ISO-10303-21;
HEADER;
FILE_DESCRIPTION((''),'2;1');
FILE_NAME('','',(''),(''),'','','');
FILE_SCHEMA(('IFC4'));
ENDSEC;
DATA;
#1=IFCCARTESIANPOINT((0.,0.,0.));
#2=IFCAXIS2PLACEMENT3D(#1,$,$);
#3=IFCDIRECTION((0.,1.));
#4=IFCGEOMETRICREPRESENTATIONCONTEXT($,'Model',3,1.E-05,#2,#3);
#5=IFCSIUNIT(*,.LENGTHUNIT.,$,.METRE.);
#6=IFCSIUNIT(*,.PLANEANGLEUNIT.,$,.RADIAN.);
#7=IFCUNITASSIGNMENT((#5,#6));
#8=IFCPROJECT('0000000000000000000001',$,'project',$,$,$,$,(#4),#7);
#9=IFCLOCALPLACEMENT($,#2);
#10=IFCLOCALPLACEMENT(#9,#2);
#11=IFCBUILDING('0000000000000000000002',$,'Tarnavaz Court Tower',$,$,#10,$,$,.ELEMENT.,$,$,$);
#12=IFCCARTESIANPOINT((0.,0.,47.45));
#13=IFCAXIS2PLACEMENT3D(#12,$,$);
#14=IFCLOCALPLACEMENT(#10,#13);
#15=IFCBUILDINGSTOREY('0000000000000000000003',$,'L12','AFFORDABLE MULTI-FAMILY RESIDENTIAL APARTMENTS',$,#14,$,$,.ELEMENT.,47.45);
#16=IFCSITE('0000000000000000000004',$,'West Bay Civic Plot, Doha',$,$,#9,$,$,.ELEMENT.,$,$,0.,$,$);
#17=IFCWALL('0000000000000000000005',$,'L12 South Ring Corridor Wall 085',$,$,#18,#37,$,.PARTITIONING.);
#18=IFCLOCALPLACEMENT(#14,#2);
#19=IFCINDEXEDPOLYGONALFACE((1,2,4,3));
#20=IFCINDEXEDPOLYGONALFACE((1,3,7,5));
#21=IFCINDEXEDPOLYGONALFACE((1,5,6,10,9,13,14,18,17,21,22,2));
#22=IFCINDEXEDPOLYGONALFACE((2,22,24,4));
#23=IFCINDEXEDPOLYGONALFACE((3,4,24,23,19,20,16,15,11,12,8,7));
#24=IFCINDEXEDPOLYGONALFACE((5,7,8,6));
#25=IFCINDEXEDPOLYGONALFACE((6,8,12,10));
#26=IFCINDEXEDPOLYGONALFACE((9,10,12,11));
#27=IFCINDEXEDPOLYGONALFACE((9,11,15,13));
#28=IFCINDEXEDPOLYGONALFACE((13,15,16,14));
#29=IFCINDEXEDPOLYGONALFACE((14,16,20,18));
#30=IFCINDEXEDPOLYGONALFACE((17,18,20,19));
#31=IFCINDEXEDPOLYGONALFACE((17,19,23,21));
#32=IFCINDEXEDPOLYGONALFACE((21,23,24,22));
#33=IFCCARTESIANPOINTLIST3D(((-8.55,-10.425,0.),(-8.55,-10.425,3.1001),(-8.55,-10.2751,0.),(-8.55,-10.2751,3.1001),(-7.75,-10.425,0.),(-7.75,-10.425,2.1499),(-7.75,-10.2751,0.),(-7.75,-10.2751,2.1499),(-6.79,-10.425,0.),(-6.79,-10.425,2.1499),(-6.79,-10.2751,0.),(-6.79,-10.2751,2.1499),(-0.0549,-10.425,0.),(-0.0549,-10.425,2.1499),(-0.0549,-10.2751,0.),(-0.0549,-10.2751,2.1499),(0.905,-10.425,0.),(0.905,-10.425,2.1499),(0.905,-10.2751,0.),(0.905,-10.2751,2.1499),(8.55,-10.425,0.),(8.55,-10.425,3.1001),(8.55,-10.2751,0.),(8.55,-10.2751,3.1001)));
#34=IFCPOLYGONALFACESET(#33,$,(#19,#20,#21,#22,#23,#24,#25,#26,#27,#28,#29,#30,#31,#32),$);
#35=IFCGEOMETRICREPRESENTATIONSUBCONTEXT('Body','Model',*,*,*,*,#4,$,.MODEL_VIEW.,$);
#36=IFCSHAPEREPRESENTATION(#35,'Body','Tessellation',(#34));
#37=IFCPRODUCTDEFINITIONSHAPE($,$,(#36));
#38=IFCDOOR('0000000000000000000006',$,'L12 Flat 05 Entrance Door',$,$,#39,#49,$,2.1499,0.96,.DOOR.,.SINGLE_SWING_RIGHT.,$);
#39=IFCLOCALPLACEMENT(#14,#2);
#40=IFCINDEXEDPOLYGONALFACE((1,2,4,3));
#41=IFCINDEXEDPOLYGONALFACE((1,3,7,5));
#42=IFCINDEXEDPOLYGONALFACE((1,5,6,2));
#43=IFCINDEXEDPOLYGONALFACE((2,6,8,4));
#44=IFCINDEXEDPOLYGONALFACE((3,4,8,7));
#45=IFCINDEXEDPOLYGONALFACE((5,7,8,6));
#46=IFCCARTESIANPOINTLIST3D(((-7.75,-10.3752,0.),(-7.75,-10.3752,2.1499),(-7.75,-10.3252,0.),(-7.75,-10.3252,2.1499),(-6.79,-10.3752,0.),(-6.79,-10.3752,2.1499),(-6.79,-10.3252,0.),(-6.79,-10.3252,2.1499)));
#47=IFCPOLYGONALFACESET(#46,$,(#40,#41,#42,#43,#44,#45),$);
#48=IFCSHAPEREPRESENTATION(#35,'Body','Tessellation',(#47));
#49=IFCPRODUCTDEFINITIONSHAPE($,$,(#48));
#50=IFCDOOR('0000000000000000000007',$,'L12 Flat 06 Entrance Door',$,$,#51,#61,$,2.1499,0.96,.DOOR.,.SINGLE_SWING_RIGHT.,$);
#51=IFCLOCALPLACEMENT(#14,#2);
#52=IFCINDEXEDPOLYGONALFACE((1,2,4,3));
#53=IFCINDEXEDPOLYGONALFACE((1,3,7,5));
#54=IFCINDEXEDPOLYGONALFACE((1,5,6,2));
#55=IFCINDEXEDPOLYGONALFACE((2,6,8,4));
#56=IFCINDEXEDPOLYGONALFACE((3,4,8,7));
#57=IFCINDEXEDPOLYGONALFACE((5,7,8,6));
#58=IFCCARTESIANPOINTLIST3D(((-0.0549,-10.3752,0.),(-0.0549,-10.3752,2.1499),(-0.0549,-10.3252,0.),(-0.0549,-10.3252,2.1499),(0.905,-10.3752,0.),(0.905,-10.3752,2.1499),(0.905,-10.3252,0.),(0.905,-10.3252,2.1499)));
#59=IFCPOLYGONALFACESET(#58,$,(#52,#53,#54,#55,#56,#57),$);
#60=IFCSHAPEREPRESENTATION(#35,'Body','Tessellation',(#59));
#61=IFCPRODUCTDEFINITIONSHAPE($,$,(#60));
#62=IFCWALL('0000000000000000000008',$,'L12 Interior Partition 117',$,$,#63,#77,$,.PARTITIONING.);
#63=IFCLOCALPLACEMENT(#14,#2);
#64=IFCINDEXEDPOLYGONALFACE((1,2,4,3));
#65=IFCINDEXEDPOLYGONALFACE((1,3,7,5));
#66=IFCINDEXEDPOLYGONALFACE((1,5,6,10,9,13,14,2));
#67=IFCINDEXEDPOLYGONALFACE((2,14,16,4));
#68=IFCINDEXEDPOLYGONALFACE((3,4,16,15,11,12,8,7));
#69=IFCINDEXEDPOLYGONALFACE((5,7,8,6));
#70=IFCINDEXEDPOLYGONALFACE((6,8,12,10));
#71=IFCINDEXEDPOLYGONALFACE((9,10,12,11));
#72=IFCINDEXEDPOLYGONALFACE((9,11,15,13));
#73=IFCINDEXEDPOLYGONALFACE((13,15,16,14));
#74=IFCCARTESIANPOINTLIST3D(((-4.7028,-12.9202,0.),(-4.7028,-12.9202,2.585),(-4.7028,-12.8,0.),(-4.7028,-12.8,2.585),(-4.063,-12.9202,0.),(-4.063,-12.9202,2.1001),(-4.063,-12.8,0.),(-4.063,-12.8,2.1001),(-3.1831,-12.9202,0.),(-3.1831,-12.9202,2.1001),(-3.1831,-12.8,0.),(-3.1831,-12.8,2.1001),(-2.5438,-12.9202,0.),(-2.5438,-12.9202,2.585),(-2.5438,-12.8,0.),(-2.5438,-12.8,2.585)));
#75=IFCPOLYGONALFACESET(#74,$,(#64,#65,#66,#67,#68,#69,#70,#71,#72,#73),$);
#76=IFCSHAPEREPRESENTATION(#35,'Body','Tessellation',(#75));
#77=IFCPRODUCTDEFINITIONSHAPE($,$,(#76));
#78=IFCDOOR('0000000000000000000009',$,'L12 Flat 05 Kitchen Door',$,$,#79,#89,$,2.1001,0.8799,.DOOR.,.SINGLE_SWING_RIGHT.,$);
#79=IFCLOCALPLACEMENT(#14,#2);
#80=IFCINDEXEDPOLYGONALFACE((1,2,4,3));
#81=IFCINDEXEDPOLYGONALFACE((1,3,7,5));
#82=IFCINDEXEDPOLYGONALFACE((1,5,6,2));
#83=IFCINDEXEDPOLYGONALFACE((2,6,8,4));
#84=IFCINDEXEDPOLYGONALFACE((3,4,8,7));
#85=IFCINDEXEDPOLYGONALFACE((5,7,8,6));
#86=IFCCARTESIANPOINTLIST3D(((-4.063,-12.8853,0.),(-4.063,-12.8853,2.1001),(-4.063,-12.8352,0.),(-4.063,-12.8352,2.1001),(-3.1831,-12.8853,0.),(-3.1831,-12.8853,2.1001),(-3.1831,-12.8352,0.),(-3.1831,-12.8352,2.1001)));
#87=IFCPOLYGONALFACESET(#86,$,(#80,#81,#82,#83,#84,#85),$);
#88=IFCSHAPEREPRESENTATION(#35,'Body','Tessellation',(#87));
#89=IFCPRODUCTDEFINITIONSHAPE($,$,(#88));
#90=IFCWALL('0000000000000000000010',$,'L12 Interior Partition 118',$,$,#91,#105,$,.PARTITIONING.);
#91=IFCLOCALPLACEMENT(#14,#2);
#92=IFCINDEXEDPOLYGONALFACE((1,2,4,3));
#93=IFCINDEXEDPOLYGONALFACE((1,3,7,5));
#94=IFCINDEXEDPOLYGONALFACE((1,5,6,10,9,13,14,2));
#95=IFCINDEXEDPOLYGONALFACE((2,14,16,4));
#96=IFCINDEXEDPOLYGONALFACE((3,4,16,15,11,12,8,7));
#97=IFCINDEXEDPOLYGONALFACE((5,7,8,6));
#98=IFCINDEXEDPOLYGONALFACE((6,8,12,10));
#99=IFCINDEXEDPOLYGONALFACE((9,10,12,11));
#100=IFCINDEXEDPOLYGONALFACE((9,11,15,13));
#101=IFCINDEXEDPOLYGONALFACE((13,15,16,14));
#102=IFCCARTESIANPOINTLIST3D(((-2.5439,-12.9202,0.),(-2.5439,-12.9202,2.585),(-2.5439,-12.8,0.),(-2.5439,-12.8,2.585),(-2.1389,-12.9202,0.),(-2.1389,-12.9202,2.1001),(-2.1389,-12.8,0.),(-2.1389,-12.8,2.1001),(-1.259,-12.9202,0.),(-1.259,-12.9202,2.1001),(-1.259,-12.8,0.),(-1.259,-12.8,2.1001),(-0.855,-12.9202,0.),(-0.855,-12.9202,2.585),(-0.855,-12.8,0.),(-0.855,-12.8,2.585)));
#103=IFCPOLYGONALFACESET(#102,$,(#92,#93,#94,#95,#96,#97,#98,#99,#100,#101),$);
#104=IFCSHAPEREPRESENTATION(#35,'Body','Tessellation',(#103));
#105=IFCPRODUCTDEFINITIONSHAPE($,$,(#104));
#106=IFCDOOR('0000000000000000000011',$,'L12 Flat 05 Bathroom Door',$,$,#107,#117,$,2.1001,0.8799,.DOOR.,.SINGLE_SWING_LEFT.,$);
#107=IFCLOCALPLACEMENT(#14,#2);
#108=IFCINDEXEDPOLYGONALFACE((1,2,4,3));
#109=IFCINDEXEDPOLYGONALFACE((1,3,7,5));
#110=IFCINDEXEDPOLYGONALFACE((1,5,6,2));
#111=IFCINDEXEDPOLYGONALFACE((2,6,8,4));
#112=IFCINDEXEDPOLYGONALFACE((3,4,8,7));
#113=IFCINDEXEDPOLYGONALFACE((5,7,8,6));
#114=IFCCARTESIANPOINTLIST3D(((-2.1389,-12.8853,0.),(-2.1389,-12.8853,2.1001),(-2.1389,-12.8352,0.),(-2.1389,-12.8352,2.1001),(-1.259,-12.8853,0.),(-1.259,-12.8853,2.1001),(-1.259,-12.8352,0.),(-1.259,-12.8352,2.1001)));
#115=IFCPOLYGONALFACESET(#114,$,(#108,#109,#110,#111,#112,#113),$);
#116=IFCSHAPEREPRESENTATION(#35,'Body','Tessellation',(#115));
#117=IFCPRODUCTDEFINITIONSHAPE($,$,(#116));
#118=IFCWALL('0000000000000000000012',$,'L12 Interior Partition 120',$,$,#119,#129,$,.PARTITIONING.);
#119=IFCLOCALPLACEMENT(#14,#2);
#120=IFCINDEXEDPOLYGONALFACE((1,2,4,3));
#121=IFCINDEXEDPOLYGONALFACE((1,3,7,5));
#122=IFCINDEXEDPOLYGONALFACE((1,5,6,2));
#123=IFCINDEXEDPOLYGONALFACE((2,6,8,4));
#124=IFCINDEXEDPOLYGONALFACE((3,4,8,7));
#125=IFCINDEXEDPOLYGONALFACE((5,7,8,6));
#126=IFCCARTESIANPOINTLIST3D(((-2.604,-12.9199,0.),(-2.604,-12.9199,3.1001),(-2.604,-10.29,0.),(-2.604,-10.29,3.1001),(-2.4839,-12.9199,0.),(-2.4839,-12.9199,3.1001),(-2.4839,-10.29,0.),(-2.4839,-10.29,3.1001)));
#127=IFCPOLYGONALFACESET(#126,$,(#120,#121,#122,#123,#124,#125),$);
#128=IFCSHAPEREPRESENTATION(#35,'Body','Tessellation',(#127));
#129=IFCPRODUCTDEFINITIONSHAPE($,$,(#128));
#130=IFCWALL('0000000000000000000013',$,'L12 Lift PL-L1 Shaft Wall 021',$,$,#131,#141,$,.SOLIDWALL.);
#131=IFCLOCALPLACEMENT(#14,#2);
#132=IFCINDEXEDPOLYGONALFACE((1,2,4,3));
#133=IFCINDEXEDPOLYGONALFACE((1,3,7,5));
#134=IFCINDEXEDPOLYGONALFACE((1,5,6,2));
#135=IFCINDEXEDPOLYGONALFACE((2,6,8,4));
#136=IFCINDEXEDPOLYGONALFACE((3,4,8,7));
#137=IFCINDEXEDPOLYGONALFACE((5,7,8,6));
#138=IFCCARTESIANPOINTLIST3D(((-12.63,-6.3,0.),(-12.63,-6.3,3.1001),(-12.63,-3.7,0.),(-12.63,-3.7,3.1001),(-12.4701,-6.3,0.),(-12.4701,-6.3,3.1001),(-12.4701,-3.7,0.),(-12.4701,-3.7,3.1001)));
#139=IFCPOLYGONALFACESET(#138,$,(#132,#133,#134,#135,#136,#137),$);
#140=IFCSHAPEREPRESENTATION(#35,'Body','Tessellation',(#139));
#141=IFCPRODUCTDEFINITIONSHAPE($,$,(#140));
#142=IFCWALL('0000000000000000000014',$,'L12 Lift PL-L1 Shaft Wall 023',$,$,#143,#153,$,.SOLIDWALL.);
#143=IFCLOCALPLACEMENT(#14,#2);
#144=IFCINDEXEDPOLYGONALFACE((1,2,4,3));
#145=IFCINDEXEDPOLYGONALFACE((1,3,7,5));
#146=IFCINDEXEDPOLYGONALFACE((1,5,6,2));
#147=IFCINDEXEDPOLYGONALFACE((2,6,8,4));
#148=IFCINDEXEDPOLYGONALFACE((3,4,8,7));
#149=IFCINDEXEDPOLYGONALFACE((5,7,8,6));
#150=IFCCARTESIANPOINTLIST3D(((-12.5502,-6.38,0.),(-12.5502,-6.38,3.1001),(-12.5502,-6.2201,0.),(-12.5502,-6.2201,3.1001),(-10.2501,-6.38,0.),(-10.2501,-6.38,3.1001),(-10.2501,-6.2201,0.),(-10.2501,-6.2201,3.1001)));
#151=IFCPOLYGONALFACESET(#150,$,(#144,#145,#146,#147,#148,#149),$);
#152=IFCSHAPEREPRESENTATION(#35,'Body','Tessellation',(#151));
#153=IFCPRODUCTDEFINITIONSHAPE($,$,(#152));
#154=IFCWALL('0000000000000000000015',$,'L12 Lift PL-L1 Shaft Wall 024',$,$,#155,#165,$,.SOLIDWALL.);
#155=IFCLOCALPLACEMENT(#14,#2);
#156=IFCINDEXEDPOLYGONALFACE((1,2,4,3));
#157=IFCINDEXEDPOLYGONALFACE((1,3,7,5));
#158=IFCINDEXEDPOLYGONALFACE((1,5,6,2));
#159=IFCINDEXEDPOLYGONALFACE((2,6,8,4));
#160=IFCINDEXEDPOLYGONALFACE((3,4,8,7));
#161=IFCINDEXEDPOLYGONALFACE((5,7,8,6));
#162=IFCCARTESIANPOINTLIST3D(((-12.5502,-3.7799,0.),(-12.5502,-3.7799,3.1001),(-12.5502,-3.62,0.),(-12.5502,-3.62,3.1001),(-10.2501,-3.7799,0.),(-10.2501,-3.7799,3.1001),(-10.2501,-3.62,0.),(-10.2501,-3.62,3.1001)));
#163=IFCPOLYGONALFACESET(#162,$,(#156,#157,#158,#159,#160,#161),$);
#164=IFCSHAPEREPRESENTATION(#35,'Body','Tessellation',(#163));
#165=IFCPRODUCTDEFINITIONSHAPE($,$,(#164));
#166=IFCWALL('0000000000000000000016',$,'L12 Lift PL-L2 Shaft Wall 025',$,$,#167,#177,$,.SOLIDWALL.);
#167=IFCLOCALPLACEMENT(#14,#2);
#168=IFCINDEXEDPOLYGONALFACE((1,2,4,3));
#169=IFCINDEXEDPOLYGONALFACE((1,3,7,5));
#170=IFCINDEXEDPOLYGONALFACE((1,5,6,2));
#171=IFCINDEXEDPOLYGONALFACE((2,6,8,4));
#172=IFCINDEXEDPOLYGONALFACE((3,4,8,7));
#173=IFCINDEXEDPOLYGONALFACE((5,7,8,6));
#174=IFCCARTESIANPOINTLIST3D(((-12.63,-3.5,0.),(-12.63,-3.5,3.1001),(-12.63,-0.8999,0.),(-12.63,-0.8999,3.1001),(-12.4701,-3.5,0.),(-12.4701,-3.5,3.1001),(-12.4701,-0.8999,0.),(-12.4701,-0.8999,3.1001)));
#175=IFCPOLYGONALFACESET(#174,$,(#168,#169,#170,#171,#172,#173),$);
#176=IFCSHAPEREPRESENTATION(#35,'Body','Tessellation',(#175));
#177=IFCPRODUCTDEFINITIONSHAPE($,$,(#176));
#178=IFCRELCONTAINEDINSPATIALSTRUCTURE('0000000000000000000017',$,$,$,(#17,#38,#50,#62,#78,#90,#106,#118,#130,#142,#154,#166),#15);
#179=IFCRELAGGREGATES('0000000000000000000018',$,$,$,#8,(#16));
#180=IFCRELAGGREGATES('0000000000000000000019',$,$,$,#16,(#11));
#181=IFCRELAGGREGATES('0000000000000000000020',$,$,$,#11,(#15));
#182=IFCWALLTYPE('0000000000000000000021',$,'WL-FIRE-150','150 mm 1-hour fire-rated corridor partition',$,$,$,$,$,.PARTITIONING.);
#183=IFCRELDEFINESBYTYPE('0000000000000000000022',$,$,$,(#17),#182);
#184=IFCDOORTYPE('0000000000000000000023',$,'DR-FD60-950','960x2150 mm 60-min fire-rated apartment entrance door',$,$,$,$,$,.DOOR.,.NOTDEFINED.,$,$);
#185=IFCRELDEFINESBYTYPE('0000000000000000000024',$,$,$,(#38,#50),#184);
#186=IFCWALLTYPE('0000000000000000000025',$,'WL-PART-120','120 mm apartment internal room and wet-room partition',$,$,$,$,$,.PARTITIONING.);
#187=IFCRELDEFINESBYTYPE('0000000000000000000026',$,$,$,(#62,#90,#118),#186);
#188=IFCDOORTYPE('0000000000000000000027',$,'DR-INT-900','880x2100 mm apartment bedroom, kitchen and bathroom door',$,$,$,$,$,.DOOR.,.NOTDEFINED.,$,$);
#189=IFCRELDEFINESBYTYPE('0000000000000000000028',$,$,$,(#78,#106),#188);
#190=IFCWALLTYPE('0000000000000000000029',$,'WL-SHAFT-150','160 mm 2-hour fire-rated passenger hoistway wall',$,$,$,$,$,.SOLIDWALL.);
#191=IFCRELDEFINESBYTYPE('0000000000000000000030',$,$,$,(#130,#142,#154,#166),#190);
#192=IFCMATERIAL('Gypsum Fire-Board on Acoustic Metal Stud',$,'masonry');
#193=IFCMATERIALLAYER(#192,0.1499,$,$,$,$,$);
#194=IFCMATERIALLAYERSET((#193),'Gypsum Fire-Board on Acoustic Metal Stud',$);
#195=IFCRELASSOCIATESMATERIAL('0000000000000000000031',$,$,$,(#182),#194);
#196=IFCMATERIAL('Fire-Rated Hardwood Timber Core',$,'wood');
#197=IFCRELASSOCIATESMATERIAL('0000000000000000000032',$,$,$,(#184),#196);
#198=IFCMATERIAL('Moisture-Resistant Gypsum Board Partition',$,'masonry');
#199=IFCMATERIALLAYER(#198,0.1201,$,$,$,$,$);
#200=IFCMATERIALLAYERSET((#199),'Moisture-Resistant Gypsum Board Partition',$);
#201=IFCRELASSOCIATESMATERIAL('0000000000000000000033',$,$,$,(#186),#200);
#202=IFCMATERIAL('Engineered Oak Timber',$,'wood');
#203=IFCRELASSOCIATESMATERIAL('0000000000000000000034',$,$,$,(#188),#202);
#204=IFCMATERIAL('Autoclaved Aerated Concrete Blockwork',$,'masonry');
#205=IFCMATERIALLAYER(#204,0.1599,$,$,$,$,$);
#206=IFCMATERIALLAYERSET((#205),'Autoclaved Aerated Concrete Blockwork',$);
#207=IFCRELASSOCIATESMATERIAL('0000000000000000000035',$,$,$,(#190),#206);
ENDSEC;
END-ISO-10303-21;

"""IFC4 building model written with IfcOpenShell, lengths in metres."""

from ifc_helpers import new_model, si_unit, direction, frame, frame_2d, origin, place, context, subcontext, project, spatial, rectangle, extrude, material, layer, layer_set, type_object, element, fill, save


model = new_model("IFC4")

# Units and contexts
model_context = context("Model", 3, precision=1e-05, world=origin(), true_north=direction((0.0, 1.0)))
body_context = subcontext(model_context, "Body", "Model", "MODEL_VIEW")
ifc_project = project(units=[si_unit("LENGTHUNIT", "METRE"), si_unit("PLANEANGLEUNIT", "RADIAN")], contexts=[model_context])

# Site, building, storey
site_placement = place(None, origin())
site = spatial("IfcSite", under=ifc_project, at=site_placement, Name="West Bay Civic Plot, Doha", CompositionType="ELEMENT", RefElevation=0.0)
building_placement = place(site_placement, origin())
building = spatial("IfcBuilding", under=site, at=building_placement, Name="Tarnavaz Court Tower", CompositionType="ELEMENT")
storey_placement = place(building_placement, frame((0.0, 0.0, 47.45)))
storey = spatial("IfcBuildingStorey", under=building, at=storey_placement, Name="L12", Description="AFFORDABLE MULTI-FAMILY RESIDENTIAL APARTMENTS", CompositionType="ELEMENT", Elevation=47.45)

# Wall, openings, doors
ifc_material_1 = material(Name="Gypsum Fire-Board on Acoustic Metal Stud", Category="masonry")
ifc_layer_1 = layer(ifc_material_1, 0.1499)
ifc_layer_set_1 = layer_set([ifc_layer_1], Name="Gypsum Fire-Board on Acoustic Metal Stud")
wall_type_1 = type_object("IfcWallType", Name="WL-FIRE-150", Description="150 mm 1-hour fire-rated corridor partition", PredefinedType="PARTITIONING", material=ifc_layer_set_1)
wall_1_placement = place(storey_placement, frame((-8.55, -10.3501, 0.0), z_axis=(0.0, 0.0, 1.0), x_axis=(1.0, 0.0, 0.0)))
wall_1 = element("IfcWall", 1, at=wall_1_placement, inside=storey, type_object=wall_type_1, Name="L12 South Ring Corridor Wall 085", PredefinedType="PARTITIONING", context=body_context, shape_type="SweptSolid", body=[
    extrude(rectangle(XDim=17.1001, YDim=0.1499, at=frame_2d((8.55, 0.0))), origin(), (0.0, 0.0, 1.0), 3.1001),
])
opening_1_placement = place(wall_1_placement, frame((0.8, 0.0, 0.0)))
opening_1 = element("IfcOpeningElement", 2, at=opening_1_placement, cuts=wall_1, PredefinedType="OPENING", context=body_context, shape_type="SweptSolid", body=[
    extrude(rectangle(XDim=0.96, YDim=2.1499, at=frame_2d((0.48, 1.075))), frame((0.0, 0.085, 0.0), z_axis=(0.0, -1.0, 0.0), x_axis=(1.0, 0.0, 0.0)), (0.0, 0.0, 1.0), 0.1699),
])
opening_2_placement = place(wall_1_placement, frame((8.4951, 0.0, 0.0)))
opening_2 = element("IfcOpeningElement", 3, at=opening_2_placement, cuts=wall_1, PredefinedType="OPENING", context=body_context, shape_type="SweptSolid", body=[
    extrude(rectangle(XDim=0.96, YDim=2.1499, at=frame_2d((0.48, 1.075))), frame((0.0, 0.085, 0.0), z_axis=(0.0, -1.0, 0.0), x_axis=(1.0, 0.0, 0.0)), (0.0, 0.0, 1.0), 0.1699),
])
ifc_material_2 = material(Name="Fire-Rated Hardwood Timber Core", Category="wood")
door_type_1 = type_object("IfcDoorType", Name="DR-FD60-950", Description="960x2150 mm 60-min fire-rated apartment entrance door", OperationType="NOTDEFINED", PredefinedType="DOOR", material=ifc_material_2)
door_1_placement = place(opening_1_placement, origin())
door_1 = element("IfcDoor", 4, at=door_1_placement, inside=storey, type_object=door_type_1, Name="L12 Flat 05 Entrance Door", OperationType="SINGLE_SWING_RIGHT", OverallHeight=2.1499, OverallWidth=0.96, PredefinedType="DOOR", context=body_context, shape_type="SweptSolid", body=[
    extrude(rectangle(XDim=0.96, YDim=2.1499, at=frame_2d((0.48, 1.075))), frame((0.0, 0.0249, 0.0), z_axis=(0.0, -1.0, 0.0), x_axis=(1.0, 0.0, 0.0)), (0.0, 0.0, 1.0), 0.05),
])
fill(opening_1, door_1)
door_2_placement = place(opening_2_placement, origin())
door_2 = element("IfcDoor", 5, at=door_2_placement, inside=storey, type_object=door_type_1, Name="L12 Flat 06 Entrance Door", OperationType="SINGLE_SWING_RIGHT", OverallHeight=2.1499, OverallWidth=0.96, PredefinedType="DOOR", context=body_context, shape_type="SweptSolid", body=[
    extrude(rectangle(XDim=0.96, YDim=2.1499, at=frame_2d((0.48, 1.075))), frame((0.0, 0.0249, 0.0), z_axis=(0.0, -1.0, 0.0), x_axis=(1.0, 0.0, 0.0)), (0.0, 0.0, 1.0), 0.05),
])
fill(opening_2, door_2)

# Walls, openings, doors
ifc_material_3 = material(Name="Moisture-Resistant Gypsum Board Partition", Category="masonry")
ifc_layer_2 = layer(ifc_material_3, 0.1201)
ifc_layer_set_2 = layer_set([ifc_layer_2], Name="Moisture-Resistant Gypsum Board Partition")
wall_type_2 = type_object("IfcWallType", Name="WL-PART-120", Description="120 mm apartment internal room and wet-room partition", PredefinedType="PARTITIONING", material=ifc_layer_set_2)
wall_2_placement = place(storey_placement, frame((-4.7029, -12.8601, 0.0), z_axis=(0.0, 0.0, 1.0), x_axis=(1.0, 0.0, 0.0)))
wall_2 = element("IfcWall", 6, at=wall_2_placement, inside=storey, type_object=wall_type_2, Name="L12 Interior Partition 117", PredefinedType="PARTITIONING", context=body_context, shape_type="SweptSolid", body=[
    extrude(rectangle(XDim=2.1589, YDim=0.1201, at=frame_2d((1.0796, 0.0))), origin(), (0.0, 0.0, 1.0), 2.585),
])
opening_3_placement = place(wall_2_placement, frame((0.6399, 0.0, 0.0)))
opening_3 = element("IfcOpeningElement", 7, at=opening_3_placement, cuts=wall_2, PredefinedType="OPENING", context=body_context, shape_type="SweptSolid", body=[
    extrude(rectangle(XDim=0.8799, YDim=2.1001, at=frame_2d((0.4399, 1.05))), frame((0.0, 0.0701, 0.0), z_axis=(0.0, -1.0, 0.0), x_axis=(1.0, 0.0, 0.0)), (0.0, 0.0, 1.0), 0.1401),
])
ifc_material_4 = material(Name="Engineered Oak Timber", Category="wood")
door_type_2 = type_object("IfcDoorType", Name="DR-INT-900", Description="880x2100 mm apartment bedroom, kitchen and bathroom door", OperationType="NOTDEFINED", PredefinedType="DOOR", material=ifc_material_4)
door_3_placement = place(opening_3_placement, origin())
door_3 = element("IfcDoor", 8, at=door_3_placement, inside=storey, type_object=door_type_2, Name="L12 Flat 05 Kitchen Door", OperationType="SINGLE_SWING_RIGHT", OverallHeight=2.1001, OverallWidth=0.8799, PredefinedType="DOOR", context=body_context, shape_type="SweptSolid", body=[
    extrude(rectangle(XDim=0.8799, YDim=2.1001, at=frame_2d((0.4399, 1.05))), frame((0.0, 0.0249, 0.0), z_axis=(0.0, -1.0, 0.0), x_axis=(1.0, 0.0, 0.0)), (0.0, 0.0, 1.0), 0.05),
])
fill(opening_3, door_3)
wall_3_placement = place(storey_placement, frame((-2.5439, -12.8601, 0.0), z_axis=(0.0, 0.0, 1.0), x_axis=(1.0, 0.0, 0.0)))
wall_3 = element("IfcWall", 9, at=wall_3_placement, inside=storey, type_object=wall_type_2, Name="L12 Interior Partition 118", PredefinedType="PARTITIONING", context=body_context, shape_type="SweptSolid", body=[
    extrude(rectangle(XDim=1.689, YDim=0.1201, at=frame_2d((0.8445, 0.0))), origin(), (0.0, 0.0, 1.0), 2.585),
])
opening_4_placement = place(wall_3_placement, frame((0.405, 0.0, 0.0)))
opening_4 = element("IfcOpeningElement", 10, at=opening_4_placement, cuts=wall_3, PredefinedType="OPENING", context=body_context, shape_type="SweptSolid", body=[
    extrude(rectangle(XDim=0.8799, YDim=2.1001, at=frame_2d((0.4399, 1.05))), frame((0.0, 0.0701, 0.0), z_axis=(0.0, -1.0, 0.0), x_axis=(1.0, 0.0, 0.0)), (0.0, 0.0, 1.0), 0.1401),
])
door_4_placement = place(opening_4_placement, origin())
door_4 = element("IfcDoor", 11, at=door_4_placement, inside=storey, type_object=door_type_2, Name="L12 Flat 05 Bathroom Door", OperationType="SINGLE_SWING_LEFT", OverallHeight=2.1001, OverallWidth=0.8799, PredefinedType="DOOR", context=body_context, shape_type="SweptSolid", body=[
    extrude(rectangle(XDim=0.8799, YDim=2.1001, at=frame_2d((0.4399, 1.05))), frame((0.0, 0.0249, 0.0), z_axis=(0.0, -1.0, 0.0), x_axis=(1.0, 0.0, 0.0)), (0.0, 0.0, 1.0), 0.05),
])
fill(opening_4, door_4)

# Walls
wall_4_placement = place(storey_placement, frame((-2.5439, -12.9199, 0.0), z_axis=(0.0, 0.0, 1.0), x_axis=(0.0, 1.0, 0.0)))
element("IfcWall", 12, at=wall_4_placement, inside=storey, type_object=wall_type_2, Name="L12 Interior Partition 120", PredefinedType="PARTITIONING", context=body_context, shape_type="SweptSolid", body=[
    extrude(rectangle(XDim=2.6299, YDim=0.1201, at=frame_2d((1.3149, 0.0))), origin(), (0.0, 0.0, 1.0), 3.1001),
])
ifc_material_5 = material(Name="Autoclaved Aerated Concrete Blockwork", Category="masonry")
ifc_layer_3 = layer(ifc_material_5, 0.1599)
ifc_layer_set_3 = layer_set([ifc_layer_3], Name="Autoclaved Aerated Concrete Blockwork")
wall_type_3 = type_object("IfcWallType", Name="WL-SHAFT-150", Description="160 mm 2-hour fire-rated passenger hoistway wall", PredefinedType="SOLIDWALL", material=ifc_layer_set_3)
wall_5_placement = place(storey_placement, frame((-12.55, -6.3, 0.0), z_axis=(0.0, 0.0, 1.0), x_axis=(0.0, 1.0, 0.0)))
element("IfcWall", 13, at=wall_5_placement, inside=storey, type_object=wall_type_3, Name="L12 Lift PL-L1 Shaft Wall 021", PredefinedType="SOLIDWALL", context=body_context, shape_type="SweptSolid", body=[
    extrude(rectangle(XDim=2.6001, YDim=0.1599, at=frame_2d((1.3, 0.0))), origin(), (0.0, 0.0, 1.0), 3.1001),
])

# Walls
for number, where, z_axis, x_axis, name in (
    (14, (-12.55, -6.3, 0.0), (0.0, 0.0, 1.0), (1.0, 0.0, 0.0), "L12 Lift PL-L1 Shaft Wall 023"),
    (15, (-12.55, -3.7, 0.0), (0.0, 0.0, 1.0), (1.0, 0.0, 0.0), "L12 Lift PL-L1 Shaft Wall 024"),
):
    element("IfcWall", number, at=place(storey_placement, frame(where, z_axis=z_axis, x_axis=x_axis)), inside=storey, type_object=wall_type_3, Name=name, PredefinedType="SOLIDWALL", context=body_context, shape_type="SweptSolid", body=[
        extrude(rectangle(XDim=2.3, YDim=0.1599, at=frame_2d((1.1499, 0.0))), origin(), (0.0, 0.0, 1.0), 3.1001),
    ])
wall_6_placement = place(storey_placement, frame((-12.55, -3.5, 0.0), z_axis=(0.0, 0.0, 1.0), x_axis=(0.0, 1.0, 0.0)))
element("IfcWall", 16, at=wall_6_placement, inside=storey, type_object=wall_type_3, Name="L12 Lift PL-L2 Shaft Wall 025", PredefinedType="SOLIDWALL", context=body_context, shape_type="SweptSolid", body=[
    extrude(rectangle(XDim=2.6001, YDim=0.1599, at=frame_2d((1.3, 0.0))), origin(), (0.0, 0.0, 1.0), 3.1001),
])

save(model, "model.ifc")
